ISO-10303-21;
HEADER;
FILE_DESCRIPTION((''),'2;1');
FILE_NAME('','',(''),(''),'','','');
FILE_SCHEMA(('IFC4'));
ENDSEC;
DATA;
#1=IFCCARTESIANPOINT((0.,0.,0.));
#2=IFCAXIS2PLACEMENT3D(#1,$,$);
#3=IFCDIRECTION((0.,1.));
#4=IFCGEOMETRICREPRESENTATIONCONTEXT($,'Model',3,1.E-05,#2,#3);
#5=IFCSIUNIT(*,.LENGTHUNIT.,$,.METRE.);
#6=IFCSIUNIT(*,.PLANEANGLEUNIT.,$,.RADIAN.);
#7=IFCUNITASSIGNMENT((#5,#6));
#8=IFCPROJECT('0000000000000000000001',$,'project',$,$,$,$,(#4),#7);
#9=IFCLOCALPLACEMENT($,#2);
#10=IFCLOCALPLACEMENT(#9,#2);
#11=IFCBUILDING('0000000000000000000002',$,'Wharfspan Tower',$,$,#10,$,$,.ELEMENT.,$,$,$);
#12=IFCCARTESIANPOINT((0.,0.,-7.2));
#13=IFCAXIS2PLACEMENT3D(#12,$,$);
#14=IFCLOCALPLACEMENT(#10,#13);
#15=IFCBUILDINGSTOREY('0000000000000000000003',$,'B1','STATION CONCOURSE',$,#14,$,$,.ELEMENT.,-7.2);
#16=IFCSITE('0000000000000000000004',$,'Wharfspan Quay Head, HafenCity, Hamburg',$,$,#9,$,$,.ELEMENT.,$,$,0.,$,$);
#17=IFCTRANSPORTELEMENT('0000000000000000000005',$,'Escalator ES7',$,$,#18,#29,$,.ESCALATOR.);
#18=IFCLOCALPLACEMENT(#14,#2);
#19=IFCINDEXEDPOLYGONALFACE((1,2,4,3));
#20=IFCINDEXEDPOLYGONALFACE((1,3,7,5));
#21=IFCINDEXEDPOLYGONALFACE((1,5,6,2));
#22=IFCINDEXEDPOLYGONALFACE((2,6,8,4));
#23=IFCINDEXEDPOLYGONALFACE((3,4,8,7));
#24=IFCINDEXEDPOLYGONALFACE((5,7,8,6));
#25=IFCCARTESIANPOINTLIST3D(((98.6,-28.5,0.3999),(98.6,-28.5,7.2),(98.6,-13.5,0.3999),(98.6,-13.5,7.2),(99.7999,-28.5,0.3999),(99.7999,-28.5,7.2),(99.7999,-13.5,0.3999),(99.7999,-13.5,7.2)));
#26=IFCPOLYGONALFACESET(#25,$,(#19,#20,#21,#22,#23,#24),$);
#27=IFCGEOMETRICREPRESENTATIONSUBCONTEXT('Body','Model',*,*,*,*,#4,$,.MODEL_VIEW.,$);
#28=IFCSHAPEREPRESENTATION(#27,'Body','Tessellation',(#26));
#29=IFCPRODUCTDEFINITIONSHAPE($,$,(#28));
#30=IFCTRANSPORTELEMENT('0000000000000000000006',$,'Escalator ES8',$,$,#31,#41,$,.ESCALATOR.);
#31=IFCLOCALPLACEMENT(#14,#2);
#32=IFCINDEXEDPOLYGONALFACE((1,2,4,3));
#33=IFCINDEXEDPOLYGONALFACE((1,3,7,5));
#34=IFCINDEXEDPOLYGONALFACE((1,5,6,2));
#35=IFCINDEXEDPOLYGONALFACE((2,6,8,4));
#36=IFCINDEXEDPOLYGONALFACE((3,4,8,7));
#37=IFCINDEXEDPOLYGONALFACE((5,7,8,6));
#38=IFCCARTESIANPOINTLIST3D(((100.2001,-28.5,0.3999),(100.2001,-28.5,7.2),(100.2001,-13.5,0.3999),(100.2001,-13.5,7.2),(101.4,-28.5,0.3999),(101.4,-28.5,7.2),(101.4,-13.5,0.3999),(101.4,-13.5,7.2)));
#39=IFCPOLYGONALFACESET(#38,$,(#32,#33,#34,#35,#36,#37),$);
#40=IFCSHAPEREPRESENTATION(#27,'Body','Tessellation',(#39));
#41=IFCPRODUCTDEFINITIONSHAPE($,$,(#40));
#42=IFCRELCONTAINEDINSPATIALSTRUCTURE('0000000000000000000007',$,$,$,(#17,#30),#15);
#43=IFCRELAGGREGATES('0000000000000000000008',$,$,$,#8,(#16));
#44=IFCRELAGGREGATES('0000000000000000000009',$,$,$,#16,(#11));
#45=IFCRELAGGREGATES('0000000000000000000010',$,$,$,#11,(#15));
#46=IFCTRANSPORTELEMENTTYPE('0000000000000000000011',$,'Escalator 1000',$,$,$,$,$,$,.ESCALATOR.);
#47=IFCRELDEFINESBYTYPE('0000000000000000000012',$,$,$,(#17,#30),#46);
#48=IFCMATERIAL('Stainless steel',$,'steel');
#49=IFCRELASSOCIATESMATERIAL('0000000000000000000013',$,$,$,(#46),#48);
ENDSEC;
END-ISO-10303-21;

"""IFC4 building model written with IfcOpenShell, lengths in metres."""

from ifc_helpers import new_model, si_unit, direction, frame, origin, origin_2d, place, context, subcontext, project, spatial, rectangle, extrude, material, type_object, element, save


model = new_model("IFC4")

# Units and contexts
model_context = context("Model", 3, precision=1e-05, world=origin(), true_north=direction((0.0, 1.0)))
body_context = subcontext(model_context, "Body", "Model", "MODEL_VIEW")
ifc_project = project(units=[si_unit("LENGTHUNIT", "METRE"), si_unit("PLANEANGLEUNIT", "RADIAN")], contexts=[model_context])

# Site, building, storey
site_placement = place(None, origin())
site = spatial("IfcSite", under=ifc_project, at=site_placement, Name="Wharfspan Quay Head, HafenCity, Hamburg", CompositionType="ELEMENT", RefElevation=0.0)
building_placement = place(site_placement, origin())
building = spatial("IfcBuilding", under=site, at=building_placement, Name="Wharfspan Tower", CompositionType="ELEMENT")
storey_placement = place(building_placement, frame((0.0, 0.0, -7.2)))
storey = spatial("IfcBuildingStorey", under=building, at=storey_placement, Name="B1", Description="STATION CONCOURSE", CompositionType="ELEMENT", Elevation=-7.2)

# Shared definitions
ifc_material_1 = material(Name="Stainless steel", Category="steel")

# Transport elements
transport_element_type = type_object("IfcTransportElementType", Name="Escalator 1000", PredefinedType="ESCALATOR", material=ifc_material_1)
for number, where, z_axis, x_axis, name in (
    (1, (99.2, -21.0, 0.3999), (0.0, 0.0, 1.0), (1.0, 0.0, 0.0), "Escalator ES7"),
    (2, (100.8, -21.0, 0.3999), (0.0, 0.0, 1.0), (1.0, 0.0, 0.0), "Escalator ES8"),
):
    element("IfcTransportElement", number, at=place(storey_placement, frame(where, z_axis=z_axis, x_axis=x_axis)), inside=storey, type_object=transport_element_type, Name=name, PredefinedType="ESCALATOR", context=body_context, shape_type="SweptSolid", body=[
        extrude(rectangle(XDim=1.2, YDim=15.0, at=origin_2d()), origin(), (0.0, 0.0, 1.0), 6.8),
    ])

save(model, "model.ifc")
